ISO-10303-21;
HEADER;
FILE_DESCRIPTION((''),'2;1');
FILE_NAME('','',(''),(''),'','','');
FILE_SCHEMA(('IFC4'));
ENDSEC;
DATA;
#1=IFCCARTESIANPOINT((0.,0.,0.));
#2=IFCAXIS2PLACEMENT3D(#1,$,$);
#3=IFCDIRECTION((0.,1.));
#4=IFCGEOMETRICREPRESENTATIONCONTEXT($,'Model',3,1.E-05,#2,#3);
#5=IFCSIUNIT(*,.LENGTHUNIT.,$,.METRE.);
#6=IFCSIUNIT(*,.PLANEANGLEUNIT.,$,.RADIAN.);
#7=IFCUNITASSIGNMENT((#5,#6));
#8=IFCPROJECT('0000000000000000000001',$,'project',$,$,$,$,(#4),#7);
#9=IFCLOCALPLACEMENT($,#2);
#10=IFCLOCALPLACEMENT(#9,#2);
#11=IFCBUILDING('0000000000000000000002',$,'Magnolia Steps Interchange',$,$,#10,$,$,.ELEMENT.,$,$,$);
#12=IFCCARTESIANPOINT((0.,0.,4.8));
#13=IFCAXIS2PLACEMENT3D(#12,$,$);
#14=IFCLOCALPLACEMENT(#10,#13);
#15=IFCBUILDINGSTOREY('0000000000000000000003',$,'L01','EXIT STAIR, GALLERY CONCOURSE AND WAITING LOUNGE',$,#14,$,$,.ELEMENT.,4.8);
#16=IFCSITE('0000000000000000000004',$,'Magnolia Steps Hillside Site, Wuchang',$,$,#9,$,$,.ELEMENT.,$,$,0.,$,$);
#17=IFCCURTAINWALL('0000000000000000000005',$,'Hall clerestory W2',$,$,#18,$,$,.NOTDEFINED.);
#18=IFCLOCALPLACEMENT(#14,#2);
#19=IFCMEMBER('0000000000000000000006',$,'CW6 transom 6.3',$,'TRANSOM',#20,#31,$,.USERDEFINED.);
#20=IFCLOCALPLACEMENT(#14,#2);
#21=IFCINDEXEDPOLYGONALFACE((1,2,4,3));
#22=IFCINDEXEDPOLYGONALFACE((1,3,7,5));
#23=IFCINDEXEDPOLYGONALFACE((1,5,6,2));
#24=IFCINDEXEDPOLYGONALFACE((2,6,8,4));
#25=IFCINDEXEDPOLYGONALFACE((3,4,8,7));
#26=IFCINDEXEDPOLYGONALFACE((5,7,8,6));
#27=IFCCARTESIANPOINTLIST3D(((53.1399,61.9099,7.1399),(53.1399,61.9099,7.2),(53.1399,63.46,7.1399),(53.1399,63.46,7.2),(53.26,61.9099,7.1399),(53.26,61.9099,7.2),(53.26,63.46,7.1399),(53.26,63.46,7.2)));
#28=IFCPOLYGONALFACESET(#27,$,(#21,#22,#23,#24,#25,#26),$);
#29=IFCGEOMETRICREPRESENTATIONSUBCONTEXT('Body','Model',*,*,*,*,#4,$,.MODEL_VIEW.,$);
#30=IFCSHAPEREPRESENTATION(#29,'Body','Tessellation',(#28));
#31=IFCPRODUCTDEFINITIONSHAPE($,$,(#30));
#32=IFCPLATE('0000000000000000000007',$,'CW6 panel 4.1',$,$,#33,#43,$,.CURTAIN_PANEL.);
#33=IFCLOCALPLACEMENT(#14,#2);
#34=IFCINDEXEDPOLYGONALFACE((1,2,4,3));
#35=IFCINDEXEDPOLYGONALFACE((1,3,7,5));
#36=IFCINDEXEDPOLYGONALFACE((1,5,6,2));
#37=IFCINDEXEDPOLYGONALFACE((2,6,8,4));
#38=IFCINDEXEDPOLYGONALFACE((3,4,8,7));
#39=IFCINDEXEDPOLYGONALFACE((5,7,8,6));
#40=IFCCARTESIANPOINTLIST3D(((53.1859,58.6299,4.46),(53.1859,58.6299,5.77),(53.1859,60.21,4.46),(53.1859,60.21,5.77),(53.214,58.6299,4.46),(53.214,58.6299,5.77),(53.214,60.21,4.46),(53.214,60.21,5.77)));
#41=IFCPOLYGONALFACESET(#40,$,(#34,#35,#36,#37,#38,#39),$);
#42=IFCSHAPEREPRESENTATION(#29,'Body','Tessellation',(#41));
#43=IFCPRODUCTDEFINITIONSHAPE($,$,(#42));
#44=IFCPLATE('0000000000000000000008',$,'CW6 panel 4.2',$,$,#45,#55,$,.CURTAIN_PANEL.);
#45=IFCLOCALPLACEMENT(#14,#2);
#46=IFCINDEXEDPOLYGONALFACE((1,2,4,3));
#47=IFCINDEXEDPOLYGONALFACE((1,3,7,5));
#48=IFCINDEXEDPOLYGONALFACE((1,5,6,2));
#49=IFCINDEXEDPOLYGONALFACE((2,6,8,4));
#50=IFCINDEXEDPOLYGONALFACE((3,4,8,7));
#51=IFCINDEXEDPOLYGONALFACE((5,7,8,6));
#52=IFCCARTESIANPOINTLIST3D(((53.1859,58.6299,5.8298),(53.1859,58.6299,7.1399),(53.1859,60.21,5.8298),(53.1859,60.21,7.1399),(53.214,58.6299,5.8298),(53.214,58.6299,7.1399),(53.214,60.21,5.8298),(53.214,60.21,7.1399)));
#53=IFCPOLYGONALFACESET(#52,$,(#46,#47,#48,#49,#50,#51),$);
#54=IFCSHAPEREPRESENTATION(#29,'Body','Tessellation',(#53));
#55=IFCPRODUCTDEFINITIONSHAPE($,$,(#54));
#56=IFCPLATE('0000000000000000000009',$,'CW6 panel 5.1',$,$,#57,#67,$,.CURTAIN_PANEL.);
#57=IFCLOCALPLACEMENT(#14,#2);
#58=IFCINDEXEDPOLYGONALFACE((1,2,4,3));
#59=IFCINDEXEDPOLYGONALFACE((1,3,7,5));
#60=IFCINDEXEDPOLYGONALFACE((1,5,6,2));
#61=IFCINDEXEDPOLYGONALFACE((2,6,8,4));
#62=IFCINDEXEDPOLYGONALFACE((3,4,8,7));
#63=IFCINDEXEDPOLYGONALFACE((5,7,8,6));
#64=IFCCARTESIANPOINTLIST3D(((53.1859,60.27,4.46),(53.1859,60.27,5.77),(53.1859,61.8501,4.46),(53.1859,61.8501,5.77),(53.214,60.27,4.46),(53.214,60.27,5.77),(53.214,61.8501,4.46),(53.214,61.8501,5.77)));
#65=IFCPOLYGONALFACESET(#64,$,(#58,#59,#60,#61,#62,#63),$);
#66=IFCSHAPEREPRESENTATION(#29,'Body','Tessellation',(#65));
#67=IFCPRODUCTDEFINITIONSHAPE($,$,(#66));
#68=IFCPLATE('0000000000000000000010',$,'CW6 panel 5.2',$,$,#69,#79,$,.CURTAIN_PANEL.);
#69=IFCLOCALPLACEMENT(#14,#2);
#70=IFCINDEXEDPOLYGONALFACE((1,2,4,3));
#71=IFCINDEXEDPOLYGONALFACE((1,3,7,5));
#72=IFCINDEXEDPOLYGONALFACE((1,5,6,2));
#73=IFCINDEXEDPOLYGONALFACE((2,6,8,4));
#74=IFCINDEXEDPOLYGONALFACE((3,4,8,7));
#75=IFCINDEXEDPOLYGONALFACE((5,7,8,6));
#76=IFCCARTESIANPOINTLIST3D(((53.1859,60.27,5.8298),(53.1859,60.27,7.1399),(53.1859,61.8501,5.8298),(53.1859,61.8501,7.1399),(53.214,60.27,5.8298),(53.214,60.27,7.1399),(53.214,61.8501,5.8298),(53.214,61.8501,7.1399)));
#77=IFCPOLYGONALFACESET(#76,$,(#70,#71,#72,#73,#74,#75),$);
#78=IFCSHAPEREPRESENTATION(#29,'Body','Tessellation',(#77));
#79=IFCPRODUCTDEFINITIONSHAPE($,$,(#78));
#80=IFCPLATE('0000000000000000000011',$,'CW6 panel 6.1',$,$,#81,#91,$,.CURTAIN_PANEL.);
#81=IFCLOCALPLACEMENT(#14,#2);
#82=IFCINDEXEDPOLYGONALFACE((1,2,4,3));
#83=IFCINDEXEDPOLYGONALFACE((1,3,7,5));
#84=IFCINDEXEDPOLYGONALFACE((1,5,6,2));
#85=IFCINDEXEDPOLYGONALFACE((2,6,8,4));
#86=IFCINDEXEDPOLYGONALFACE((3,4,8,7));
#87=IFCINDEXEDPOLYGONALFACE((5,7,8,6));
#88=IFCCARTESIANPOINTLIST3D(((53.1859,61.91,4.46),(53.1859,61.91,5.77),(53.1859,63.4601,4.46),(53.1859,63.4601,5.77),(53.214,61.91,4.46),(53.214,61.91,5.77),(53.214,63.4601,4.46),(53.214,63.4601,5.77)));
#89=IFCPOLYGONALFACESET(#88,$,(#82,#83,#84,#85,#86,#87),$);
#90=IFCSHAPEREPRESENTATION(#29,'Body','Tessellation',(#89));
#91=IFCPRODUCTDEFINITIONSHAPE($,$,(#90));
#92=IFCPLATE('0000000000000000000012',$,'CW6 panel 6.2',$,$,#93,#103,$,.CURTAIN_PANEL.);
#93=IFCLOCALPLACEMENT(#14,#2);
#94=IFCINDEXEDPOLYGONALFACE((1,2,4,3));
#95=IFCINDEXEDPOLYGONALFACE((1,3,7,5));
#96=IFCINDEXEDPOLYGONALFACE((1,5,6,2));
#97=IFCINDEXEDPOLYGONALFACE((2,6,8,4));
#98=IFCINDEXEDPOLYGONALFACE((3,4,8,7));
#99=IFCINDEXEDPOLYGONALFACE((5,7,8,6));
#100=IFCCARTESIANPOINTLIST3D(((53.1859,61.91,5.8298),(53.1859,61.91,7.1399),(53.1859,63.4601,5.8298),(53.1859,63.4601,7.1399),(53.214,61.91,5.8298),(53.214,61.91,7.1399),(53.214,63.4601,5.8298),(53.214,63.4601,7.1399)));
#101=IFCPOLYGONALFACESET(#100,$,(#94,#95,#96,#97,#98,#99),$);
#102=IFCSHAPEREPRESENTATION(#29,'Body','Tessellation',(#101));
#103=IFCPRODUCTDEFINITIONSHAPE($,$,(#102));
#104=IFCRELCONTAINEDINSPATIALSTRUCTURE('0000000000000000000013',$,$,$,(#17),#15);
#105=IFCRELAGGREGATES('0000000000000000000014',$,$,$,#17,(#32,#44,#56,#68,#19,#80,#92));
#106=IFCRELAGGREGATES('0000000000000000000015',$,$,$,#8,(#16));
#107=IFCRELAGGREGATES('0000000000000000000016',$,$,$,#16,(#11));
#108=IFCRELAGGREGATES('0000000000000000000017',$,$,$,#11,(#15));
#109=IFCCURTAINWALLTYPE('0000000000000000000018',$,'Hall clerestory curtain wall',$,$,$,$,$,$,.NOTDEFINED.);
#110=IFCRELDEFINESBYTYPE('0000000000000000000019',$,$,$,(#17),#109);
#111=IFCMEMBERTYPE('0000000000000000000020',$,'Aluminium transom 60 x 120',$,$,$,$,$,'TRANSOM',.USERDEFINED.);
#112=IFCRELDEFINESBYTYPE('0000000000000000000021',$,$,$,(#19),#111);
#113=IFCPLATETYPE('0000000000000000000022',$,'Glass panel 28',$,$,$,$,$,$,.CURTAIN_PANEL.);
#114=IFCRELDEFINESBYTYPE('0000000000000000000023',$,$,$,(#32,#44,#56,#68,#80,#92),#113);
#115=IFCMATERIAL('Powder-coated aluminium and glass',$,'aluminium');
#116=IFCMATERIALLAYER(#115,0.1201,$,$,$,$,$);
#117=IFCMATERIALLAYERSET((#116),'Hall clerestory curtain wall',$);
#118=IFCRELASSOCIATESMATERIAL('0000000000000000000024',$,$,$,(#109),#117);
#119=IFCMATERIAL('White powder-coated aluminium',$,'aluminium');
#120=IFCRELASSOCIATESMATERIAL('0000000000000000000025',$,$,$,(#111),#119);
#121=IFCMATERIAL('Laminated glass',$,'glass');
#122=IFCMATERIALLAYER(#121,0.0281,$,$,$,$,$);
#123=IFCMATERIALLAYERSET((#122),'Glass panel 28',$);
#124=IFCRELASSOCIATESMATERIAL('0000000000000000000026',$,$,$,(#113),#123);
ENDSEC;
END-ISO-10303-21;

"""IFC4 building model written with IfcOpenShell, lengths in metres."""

from ifc_helpers import new_model, si_unit, direction, frame, origin, origin_2d, place, context, subcontext, project, spatial, rectangle, extrude, material, layer, layer_set, material_profile, profile_set, type_object, element, aggregate, save


model = new_model("IFC4")

# Units and contexts
model_context = context("Model", 3, precision=1e-05, world=origin(), true_north=direction((0.0, 1.0)))
body_context = subcontext(model_context, "Body", "Model", "MODEL_VIEW")
ifc_project = project(units=[si_unit("LENGTHUNIT", "METRE"), si_unit("PLANEANGLEUNIT", "RADIAN")], contexts=[model_context])

# Site, building, storey
site_placement = place(None, origin())
site = spatial("IfcSite", under=ifc_project, at=site_placement, Name="Magnolia Steps Hillside Site, Wuchang", CompositionType="ELEMENT", RefElevation=0.0)
building_placement = place(site_placement, origin())
building = spatial("IfcBuilding", under=site, at=building_placement, Name="Magnolia Steps Interchange", CompositionType="ELEMENT")
storey_placement = place(building_placement, frame((0.0, 0.0, 4.8)))
storey = spatial("IfcBuildingStorey", under=building, at=storey_placement, Name="L01", Description="EXIT STAIR, GALLERY CONCOURSE AND WAITING LOUNGE", CompositionType="ELEMENT", Elevation=4.8)

# Curtain wall
ifc_material_1 = material(Name="Powder-coated aluminium and glass", Category="aluminium")
ifc_layer_1 = layer(ifc_material_1, 0.1201)
ifc_layer_set_1 = layer_set([ifc_layer_1], Name="Hall clerestory curtain wall")
curtain_wall_type_1 = type_object("IfcCurtainWallType", Name="Hall clerestory curtain wall", PredefinedType="NOTDEFINED", material=ifc_layer_set_1)
curtain_wall_1_placement = place(storey_placement, origin())
curtain_wall_1 = element("IfcCurtainWall", 1, at=curtain_wall_1_placement, inside=storey, type_object=curtain_wall_type_1, Name="Hall clerestory W2", PredefinedType="NOTDEFINED")
ifc_material_2 = material(Name="White powder-coated aluminium", Category="aluminium")
ifc_material_profile_1 = material_profile(ifc_material_2, rectangle(XDim=0.0601, YDim=0.1201, at=origin_2d()), Name="Aluminium transom 60 x 120")
ifc_profile_set_1 = profile_set([ifc_material_profile_1], Name="White powder-coated aluminium")
member_type_1 = type_object("IfcMemberType", Name="Aluminium transom 60 x 120", ElementType="TRANSOM", PredefinedType="USERDEFINED", material=ifc_profile_set_1)

# Member
member_1_placement = place(storey_placement, frame((53.2, 61.9099, 7.1699), z_axis=(0.0, 1.0, 0.0), x_axis=(0.0, 0.0, 1.0)))
member_1 = element("IfcMember", 2, at=member_1_placement, type_object=member_type_1, Name="CW6 transom 6.3", ObjectType="TRANSOM", PredefinedType="USERDEFINED", context=body_context, shape_type="SweptSolid", body=[
    extrude(rectangle(XDim=0.0601, YDim=0.1201, at=origin_2d()), origin(), (0.0, 0.0, 1.0), 1.55),
])

# Plates
ifc_material_3 = material(Name="Laminated glass", Category="glass")
ifc_layer_2 = layer(ifc_material_3, 0.0281)
ifc_layer_set_2 = layer_set([ifc_layer_2], Name="Glass panel 28")
plate_type = type_object("IfcPlateType", Name="Glass panel 28", PredefinedType="CURTAIN_PANEL", material=ifc_layer_set_2)
plate_1_placement = place(storey_placement, frame((53.2, 59.4199, 4.46), z_axis=(0.0, 0.0, 1.0), x_axis=(0.0, 1.0, 0.0)))
plate_1 = element("IfcPlate", 3, at=plate_1_placement, type_object=plate_type, Name="CW6 panel 4.1", PredefinedType="CURTAIN_PANEL", context=body_context, shape_type="SweptSolid", body=[
    extrude(rectangle(XDim=1.5801, YDim=0.0281, at=origin_2d()), origin(), (0.0, 0.0, 1.0), 1.3101),
])
plate_2_placement = place(storey_placement, frame((53.2, 59.4199, 5.8298), z_axis=(0.0, 0.0, 1.0), x_axis=(0.0, 1.0, 0.0)))
plate_2 = element("IfcPlate", 4, at=plate_2_placement, type_object=plate_type, Name="CW6 panel 4.2", PredefinedType="CURTAIN_PANEL", context=body_context, shape_type="SweptSolid", body=[
    extrude(rectangle(XDim=1.5801, YDim=0.0281, at=origin_2d()), origin(), (0.0, 0.0, 1.0), 1.3101),
])
plate_3_placement = place(storey_placement, frame((53.2, 61.0601, 4.46), z_axis=(0.0, 0.0, 1.0), x_axis=(0.0, 1.0, 0.0)))
plate_3 = element("IfcPlate", 5, at=plate_3_placement, type_object=plate_type, Name="CW6 panel 5.1", PredefinedType="CURTAIN_PANEL", context=body_context, shape_type="SweptSolid", body=[
    extrude(rectangle(XDim=1.5801, YDim=0.0281, at=origin_2d()), origin(), (0.0, 0.0, 1.0), 1.3101),
])
plate_4_placement = place(storey_placement, frame((53.2, 61.0601, 5.8298), z_axis=(0.0, 0.0, 1.0), x_axis=(0.0, 1.0, 0.0)))
plate_4 = element("IfcPlate", 6, at=plate_4_placement, type_object=plate_type, Name="CW6 panel 5.2", PredefinedType="CURTAIN_PANEL", context=body_context, shape_type="SweptSolid", body=[
    extrude(rectangle(XDim=1.5801, YDim=0.0281, at=origin_2d()), origin(), (0.0, 0.0, 1.0), 1.3101),
])
plate_5_placement = place(storey_placement, frame((53.2, 62.6851, 4.46), z_axis=(0.0, 0.0, 1.0), x_axis=(0.0, 1.0, 0.0)))
plate_5 = element("IfcPlate", 7, at=plate_5_placement, type_object=plate_type, Name="CW6 panel 6.1", PredefinedType="CURTAIN_PANEL", context=body_context, shape_type="SweptSolid", body=[
    extrude(rectangle(XDim=1.55, YDim=0.0281, at=origin_2d()), origin(), (0.0, 0.0, 1.0), 1.3101),
])
plate_6_placement = place(storey_placement, frame((53.2, 62.6851, 5.8298), z_axis=(0.0, 0.0, 1.0), x_axis=(0.0, 1.0, 0.0)))
plate_6 = element("IfcPlate", 8, at=plate_6_placement, type_object=plate_type, Name="CW6 panel 6.2", PredefinedType="CURTAIN_PANEL", context=body_context, shape_type="SweptSolid", body=[
    extrude(rectangle(XDim=1.55, YDim=0.0281, at=origin_2d()), origin(), (0.0, 0.0, 1.0), 1.3101),
])
aggregate(curtain_wall_1, [plate_1, plate_2, plate_3, plate_4, member_1, plate_5, plate_6])

save(model, "model.ifc")
